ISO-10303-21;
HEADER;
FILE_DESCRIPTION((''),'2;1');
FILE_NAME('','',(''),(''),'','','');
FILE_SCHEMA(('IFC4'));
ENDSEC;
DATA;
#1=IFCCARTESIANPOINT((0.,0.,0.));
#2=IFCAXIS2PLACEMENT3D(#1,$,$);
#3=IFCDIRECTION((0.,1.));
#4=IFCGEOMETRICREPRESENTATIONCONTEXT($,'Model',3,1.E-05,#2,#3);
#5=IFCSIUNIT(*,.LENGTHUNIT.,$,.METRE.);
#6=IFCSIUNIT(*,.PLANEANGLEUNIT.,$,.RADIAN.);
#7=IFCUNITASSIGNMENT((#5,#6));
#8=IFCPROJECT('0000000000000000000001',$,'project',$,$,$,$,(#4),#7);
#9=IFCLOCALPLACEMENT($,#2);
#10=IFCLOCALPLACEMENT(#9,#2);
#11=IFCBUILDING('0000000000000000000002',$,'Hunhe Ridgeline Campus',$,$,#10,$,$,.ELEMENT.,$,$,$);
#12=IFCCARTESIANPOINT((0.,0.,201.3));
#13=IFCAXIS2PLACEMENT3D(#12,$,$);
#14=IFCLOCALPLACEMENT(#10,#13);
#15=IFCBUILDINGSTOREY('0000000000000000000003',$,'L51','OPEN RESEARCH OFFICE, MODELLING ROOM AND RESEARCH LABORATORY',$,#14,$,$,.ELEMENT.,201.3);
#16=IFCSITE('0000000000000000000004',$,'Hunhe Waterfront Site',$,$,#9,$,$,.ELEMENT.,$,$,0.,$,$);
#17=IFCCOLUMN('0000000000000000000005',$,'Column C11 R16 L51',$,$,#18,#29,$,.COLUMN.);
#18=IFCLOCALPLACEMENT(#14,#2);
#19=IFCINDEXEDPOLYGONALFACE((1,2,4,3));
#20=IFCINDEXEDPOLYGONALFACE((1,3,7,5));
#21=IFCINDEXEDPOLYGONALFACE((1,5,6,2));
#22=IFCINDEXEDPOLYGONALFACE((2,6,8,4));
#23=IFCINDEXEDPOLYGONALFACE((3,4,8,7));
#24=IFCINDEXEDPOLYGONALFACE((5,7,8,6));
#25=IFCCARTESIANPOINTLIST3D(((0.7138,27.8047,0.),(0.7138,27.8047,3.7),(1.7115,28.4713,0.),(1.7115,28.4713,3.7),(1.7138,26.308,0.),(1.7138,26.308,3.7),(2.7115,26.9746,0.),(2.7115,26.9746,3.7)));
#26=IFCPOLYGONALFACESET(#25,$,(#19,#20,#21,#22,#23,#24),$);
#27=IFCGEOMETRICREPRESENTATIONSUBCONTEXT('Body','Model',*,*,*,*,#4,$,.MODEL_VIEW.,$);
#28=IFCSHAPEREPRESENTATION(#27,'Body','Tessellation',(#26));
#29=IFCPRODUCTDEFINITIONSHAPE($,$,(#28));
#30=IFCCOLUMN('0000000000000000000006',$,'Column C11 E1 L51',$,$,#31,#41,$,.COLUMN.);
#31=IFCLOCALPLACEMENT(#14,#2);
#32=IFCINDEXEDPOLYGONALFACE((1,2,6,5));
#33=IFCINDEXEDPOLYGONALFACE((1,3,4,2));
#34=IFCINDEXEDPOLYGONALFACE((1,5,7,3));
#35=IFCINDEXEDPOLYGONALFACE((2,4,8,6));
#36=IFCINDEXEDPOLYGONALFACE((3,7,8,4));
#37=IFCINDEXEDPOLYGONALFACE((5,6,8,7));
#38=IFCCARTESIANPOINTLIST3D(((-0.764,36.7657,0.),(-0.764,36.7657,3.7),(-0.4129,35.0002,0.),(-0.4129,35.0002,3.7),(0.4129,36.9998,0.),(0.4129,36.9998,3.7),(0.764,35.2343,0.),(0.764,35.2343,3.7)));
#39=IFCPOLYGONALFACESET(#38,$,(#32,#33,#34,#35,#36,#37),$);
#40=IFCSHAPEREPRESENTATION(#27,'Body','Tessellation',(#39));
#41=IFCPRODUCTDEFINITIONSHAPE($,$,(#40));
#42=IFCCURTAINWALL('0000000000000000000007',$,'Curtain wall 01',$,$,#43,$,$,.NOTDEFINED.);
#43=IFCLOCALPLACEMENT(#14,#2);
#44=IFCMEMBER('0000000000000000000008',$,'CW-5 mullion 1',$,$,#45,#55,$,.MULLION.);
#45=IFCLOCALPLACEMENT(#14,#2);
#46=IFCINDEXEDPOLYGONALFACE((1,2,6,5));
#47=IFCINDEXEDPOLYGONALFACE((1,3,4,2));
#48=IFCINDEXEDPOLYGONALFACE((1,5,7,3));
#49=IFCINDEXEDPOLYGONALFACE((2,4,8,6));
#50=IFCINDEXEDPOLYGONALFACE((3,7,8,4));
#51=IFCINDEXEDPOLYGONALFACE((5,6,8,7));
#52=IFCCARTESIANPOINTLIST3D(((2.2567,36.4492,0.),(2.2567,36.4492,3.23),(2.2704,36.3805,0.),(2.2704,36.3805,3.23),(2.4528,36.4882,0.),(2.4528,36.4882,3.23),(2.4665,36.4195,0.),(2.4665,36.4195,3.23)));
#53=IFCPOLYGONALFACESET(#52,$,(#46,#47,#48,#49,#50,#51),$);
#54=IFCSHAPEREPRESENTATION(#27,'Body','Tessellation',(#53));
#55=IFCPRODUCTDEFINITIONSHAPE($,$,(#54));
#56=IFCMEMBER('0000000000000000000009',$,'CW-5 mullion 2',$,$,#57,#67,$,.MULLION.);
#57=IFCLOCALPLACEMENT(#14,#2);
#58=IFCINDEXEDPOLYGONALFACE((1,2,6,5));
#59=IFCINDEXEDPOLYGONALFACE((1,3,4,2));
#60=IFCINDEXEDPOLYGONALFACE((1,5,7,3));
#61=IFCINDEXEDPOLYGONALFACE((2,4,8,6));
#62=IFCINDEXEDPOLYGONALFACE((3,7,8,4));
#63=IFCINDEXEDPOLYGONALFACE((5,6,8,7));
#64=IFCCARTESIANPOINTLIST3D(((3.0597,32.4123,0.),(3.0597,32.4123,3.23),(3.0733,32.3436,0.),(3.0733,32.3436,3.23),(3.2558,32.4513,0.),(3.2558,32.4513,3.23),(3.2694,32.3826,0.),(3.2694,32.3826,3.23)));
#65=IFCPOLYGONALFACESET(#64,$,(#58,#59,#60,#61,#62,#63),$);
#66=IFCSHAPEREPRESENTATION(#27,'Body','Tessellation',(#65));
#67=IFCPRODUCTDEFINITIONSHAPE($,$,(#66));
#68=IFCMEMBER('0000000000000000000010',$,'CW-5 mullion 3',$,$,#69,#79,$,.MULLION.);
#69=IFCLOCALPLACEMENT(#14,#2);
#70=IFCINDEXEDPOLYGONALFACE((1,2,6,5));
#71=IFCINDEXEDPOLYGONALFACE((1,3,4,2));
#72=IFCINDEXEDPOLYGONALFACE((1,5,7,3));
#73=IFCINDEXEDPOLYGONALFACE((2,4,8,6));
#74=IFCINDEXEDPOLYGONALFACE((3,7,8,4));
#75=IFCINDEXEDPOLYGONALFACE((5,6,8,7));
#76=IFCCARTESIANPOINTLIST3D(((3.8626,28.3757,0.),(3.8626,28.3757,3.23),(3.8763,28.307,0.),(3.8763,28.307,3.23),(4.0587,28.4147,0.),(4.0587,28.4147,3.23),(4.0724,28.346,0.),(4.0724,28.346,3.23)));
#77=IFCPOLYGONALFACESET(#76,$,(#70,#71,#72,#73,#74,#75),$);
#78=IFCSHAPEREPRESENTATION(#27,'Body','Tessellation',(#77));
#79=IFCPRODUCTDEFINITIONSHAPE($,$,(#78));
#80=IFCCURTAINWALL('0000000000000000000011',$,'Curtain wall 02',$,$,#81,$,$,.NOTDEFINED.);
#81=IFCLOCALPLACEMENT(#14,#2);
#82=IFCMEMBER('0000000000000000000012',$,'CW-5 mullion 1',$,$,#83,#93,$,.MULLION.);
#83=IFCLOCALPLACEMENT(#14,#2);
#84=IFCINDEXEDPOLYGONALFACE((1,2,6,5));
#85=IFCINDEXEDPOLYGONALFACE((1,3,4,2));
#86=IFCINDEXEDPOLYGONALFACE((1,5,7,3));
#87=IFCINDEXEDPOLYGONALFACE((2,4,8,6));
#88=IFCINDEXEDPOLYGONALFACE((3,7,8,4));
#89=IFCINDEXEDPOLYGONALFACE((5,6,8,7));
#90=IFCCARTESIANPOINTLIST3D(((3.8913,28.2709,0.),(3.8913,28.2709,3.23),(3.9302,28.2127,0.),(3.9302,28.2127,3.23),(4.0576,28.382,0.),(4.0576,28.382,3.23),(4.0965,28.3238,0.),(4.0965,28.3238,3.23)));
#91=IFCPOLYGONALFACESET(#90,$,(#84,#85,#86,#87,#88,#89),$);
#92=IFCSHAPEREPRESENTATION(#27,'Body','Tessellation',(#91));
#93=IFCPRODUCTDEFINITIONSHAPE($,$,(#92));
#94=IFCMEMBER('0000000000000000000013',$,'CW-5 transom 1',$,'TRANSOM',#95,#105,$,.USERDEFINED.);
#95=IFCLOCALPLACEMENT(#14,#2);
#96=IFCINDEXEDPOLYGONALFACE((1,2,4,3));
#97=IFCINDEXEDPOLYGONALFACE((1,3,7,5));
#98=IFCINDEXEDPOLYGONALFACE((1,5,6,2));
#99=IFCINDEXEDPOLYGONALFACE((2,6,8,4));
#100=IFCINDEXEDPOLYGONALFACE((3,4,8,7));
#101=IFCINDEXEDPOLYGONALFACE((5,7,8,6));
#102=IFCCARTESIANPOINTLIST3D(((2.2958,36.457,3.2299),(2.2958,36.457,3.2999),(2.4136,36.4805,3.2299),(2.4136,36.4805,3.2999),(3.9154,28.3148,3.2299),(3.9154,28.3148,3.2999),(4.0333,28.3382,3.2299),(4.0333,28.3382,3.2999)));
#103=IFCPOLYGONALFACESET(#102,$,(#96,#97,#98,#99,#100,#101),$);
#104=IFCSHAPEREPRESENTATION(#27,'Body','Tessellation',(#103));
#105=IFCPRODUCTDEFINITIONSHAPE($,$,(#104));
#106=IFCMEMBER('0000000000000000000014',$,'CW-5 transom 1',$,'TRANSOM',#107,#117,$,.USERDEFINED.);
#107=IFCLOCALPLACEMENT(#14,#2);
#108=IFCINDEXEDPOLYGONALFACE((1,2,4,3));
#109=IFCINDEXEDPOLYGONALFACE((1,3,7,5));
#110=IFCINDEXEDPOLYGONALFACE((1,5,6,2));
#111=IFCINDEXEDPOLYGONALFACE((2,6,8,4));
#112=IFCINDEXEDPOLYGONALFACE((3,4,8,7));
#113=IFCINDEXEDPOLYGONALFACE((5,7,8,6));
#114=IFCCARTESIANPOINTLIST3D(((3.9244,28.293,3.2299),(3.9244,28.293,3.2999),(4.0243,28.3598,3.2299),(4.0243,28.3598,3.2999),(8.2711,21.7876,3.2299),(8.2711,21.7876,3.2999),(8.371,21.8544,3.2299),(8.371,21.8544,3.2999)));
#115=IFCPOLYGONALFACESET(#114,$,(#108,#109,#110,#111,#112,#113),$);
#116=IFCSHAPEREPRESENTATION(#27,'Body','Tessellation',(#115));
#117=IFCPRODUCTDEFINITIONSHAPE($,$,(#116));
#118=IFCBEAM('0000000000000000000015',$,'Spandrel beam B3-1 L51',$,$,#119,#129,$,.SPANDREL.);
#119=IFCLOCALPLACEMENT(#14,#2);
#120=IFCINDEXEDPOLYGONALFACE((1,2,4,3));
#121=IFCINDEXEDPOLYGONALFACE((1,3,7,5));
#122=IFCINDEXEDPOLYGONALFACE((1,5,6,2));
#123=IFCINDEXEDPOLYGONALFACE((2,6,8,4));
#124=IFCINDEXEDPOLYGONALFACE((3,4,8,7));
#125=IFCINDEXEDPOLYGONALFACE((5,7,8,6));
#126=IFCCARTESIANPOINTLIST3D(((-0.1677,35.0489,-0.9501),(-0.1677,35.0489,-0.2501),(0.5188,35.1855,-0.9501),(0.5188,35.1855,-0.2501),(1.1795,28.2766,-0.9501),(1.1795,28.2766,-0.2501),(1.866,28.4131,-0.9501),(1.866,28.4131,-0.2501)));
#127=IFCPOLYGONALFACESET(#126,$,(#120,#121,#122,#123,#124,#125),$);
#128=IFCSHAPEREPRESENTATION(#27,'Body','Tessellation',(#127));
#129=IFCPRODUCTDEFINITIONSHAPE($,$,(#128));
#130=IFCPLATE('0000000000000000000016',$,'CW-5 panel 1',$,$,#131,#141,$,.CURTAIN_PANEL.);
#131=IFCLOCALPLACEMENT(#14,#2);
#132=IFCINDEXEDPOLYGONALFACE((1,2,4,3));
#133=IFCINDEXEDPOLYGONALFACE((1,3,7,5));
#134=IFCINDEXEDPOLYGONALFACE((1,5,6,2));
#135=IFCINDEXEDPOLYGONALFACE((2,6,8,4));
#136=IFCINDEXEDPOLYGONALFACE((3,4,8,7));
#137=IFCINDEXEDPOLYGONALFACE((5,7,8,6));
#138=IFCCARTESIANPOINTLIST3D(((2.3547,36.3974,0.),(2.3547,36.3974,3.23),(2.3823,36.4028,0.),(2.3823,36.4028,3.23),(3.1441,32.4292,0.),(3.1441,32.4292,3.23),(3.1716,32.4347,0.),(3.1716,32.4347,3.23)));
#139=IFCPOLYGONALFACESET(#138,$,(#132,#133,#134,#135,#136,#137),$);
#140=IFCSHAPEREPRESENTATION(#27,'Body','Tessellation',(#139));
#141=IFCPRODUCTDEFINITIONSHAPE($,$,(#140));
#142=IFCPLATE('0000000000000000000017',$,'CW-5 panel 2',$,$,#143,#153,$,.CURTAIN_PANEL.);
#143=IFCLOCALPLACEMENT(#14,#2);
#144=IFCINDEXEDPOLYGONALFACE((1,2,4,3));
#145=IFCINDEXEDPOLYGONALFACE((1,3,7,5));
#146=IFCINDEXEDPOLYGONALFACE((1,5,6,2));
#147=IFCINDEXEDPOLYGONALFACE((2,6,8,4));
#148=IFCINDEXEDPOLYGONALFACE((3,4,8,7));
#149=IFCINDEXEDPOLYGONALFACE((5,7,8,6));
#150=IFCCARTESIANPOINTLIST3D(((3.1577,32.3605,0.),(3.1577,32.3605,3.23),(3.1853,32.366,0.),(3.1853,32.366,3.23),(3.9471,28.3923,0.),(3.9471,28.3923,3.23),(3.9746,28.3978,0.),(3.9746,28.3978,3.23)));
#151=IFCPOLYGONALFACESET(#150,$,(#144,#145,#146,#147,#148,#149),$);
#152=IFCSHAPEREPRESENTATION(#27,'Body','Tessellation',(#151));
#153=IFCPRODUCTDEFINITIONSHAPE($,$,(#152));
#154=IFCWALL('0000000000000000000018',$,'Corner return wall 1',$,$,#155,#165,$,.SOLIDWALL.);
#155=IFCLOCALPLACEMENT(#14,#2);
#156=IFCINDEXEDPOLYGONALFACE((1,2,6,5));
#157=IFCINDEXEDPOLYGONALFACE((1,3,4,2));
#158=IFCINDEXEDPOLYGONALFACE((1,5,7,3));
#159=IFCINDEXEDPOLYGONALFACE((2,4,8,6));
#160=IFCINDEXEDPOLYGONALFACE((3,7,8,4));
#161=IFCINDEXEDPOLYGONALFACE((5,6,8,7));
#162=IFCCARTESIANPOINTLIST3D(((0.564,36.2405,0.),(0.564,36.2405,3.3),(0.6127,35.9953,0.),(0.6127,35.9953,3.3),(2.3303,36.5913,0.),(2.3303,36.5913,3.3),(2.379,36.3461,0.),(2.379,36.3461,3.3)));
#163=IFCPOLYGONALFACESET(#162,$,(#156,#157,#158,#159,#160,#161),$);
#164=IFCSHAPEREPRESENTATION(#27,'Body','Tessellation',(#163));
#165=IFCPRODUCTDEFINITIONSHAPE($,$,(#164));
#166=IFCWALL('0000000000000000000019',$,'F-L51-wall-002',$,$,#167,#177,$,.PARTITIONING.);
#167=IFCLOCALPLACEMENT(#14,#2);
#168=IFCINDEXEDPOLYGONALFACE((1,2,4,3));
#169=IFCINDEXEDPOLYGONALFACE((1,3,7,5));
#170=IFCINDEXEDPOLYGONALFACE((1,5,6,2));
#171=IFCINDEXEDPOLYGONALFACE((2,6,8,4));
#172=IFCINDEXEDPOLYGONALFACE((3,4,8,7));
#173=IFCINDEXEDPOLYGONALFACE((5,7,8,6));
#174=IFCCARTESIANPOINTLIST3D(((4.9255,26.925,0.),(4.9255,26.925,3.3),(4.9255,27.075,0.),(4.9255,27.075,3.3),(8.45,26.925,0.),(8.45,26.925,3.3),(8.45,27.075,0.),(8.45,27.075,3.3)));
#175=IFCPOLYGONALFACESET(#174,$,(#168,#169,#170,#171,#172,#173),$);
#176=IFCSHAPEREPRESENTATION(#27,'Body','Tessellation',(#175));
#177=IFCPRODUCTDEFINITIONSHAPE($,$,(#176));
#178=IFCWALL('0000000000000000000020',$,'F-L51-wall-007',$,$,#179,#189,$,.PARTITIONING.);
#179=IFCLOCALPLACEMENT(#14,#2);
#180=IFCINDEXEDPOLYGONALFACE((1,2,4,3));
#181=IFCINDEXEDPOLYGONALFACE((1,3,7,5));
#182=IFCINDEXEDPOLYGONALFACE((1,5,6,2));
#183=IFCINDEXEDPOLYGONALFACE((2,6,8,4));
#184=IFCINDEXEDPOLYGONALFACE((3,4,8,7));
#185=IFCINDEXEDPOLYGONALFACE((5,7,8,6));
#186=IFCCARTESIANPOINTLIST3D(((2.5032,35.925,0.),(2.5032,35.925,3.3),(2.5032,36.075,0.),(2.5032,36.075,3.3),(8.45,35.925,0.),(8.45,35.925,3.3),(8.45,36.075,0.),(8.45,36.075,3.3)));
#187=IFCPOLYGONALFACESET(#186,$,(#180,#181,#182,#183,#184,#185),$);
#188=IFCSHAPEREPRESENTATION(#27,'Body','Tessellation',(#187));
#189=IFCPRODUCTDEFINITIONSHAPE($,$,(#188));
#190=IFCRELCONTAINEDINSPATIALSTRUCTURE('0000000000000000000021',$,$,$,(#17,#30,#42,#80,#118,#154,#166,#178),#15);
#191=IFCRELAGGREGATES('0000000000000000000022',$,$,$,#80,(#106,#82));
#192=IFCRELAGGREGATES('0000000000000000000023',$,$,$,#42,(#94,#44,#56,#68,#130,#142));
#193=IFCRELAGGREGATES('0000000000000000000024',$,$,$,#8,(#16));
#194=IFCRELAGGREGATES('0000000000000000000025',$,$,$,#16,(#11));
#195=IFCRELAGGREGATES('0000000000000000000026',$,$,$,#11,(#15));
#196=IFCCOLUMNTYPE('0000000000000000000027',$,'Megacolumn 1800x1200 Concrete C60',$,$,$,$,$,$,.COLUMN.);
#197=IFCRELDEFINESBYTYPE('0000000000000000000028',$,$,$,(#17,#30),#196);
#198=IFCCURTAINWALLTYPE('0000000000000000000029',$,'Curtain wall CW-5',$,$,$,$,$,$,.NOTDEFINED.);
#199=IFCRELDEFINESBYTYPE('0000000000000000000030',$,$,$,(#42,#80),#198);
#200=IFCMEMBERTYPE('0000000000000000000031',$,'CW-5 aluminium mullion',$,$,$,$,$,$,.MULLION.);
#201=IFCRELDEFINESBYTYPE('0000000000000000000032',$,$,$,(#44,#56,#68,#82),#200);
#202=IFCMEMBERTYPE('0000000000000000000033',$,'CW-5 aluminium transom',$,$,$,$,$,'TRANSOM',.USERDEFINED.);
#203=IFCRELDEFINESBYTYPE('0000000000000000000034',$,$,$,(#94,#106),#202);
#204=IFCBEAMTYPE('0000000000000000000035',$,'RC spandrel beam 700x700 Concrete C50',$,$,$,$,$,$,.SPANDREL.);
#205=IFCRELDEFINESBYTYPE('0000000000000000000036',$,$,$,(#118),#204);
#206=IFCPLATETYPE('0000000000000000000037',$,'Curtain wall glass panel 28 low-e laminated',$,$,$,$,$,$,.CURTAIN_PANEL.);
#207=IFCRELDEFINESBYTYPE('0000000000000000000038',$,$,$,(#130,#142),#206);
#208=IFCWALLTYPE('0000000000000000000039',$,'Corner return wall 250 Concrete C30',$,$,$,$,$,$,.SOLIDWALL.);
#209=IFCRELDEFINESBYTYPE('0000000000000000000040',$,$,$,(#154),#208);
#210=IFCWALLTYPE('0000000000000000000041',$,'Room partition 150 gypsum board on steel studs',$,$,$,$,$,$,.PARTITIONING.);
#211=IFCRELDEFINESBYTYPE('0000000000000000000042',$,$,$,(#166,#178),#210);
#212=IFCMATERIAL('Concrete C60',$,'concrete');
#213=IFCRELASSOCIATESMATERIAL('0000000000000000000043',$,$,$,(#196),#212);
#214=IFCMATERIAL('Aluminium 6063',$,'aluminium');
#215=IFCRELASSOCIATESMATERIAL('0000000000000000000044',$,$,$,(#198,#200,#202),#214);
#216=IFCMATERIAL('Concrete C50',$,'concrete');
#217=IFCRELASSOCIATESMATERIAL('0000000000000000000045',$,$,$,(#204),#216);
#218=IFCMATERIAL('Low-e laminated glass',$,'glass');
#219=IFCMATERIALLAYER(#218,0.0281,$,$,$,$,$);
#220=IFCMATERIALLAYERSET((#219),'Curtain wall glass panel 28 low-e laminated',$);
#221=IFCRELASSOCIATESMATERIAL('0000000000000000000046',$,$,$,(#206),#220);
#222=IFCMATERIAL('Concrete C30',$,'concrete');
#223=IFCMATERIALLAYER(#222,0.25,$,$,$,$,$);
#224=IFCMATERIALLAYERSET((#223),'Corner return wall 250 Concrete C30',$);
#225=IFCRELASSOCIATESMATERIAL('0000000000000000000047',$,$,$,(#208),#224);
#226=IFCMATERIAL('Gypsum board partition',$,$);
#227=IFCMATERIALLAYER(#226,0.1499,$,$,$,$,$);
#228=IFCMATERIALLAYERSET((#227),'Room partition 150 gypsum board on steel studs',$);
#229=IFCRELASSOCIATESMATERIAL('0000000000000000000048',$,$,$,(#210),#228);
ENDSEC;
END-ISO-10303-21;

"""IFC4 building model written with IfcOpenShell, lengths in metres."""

from ifc_helpers import new_model, si_unit, direction, frame, frame_2d, origin, origin_2d, place, context, subcontext, project, spatial, rectangle, extrude, material, layer, layer_set, material_profile, profile_set, type_object, element, aggregate, save


model = new_model("IFC4")

# Units and contexts
model_context = context("Model", 3, precision=1e-05, world=origin(), true_north=direction((0.0, 1.0)))
body_context = subcontext(model_context, "Body", "Model", "MODEL_VIEW")
ifc_project = project(units=[si_unit("LENGTHUNIT", "METRE"), si_unit("PLANEANGLEUNIT", "RADIAN")], contexts=[model_context])

# Site, building, storey
site_placement = place(None, origin())
site = spatial("IfcSite", under=ifc_project, at=site_placement, Name="Hunhe Waterfront Site", CompositionType="ELEMENT", RefElevation=0.0)
building_placement = place(site_placement, origin())
building = spatial("IfcBuilding", under=site, at=building_placement, Name="Hunhe Ridgeline Campus", CompositionType="ELEMENT")
storey_placement = place(building_placement, frame((0.0, 0.0, 201.3)))
storey = spatial("IfcBuildingStorey", under=building, at=storey_placement, Name="L51", Description="OPEN RESEARCH OFFICE, MODELLING ROOM AND RESEARCH LABORATORY", CompositionType="ELEMENT", Elevation=201.3)

# Columns
ifc_material_1 = material(Name="Concrete C60", Category="concrete")
ifc_material_profile_1 = material_profile(ifc_material_1, rectangle(XDim=1.8, YDim=1.2, at=origin_2d()))
ifc_profile_set_1 = profile_set([ifc_material_profile_1], Name="Concrete C60")
column_type = type_object("IfcColumnType", Name="Megacolumn 1800x1200 Concrete C60", PredefinedType="COLUMN", material=ifc_profile_set_1)
for number, where, z_axis, x_axis, name in (
    (1, (1.7126, 27.3896, 0.0), (0.0, 0.0, 1.0), (-0.55557, 0.83147, 0.0), "Column C11 R16 L51"),
    (2, (0.0, 36.0, 0.0), (0.0, 0.0, 1.0), (-0.19509, 0.980785, 0.0), "Column C11 E1 L51"),
):
    element("IfcColumn", number, at=place(storey_placement, frame(where, z_axis=z_axis, x_axis=x_axis)), inside=storey, type_object=column_type, Name=name, PredefinedType="COLUMN", context=body_context, shape_type="SweptSolid", body=[
        extrude(rectangle(XDim=1.8, YDim=1.2, at=origin_2d()), origin(), (0.0, 0.0, 1.0), 3.7),
    ])

# Curtain wall, members
ifc_material_2 = material(Name="Aluminium 6063", Category="aluminium")
curtain_wall_type = type_object("IfcCurtainWallType", Name="Curtain wall CW-5", PredefinedType="NOTDEFINED", material=ifc_material_2)
curtain_wall_1_placement = place(storey_placement, origin())
curtain_wall_1 = element("IfcCurtainWall", 3, at=curtain_wall_1_placement, inside=storey, type_object=curtain_wall_type, Name="Curtain wall 01", PredefinedType="NOTDEFINED")
ifc_material_profile_2 = material_profile(ifc_material_2, rectangle(XDim=0.2, YDim=0.0701, at=origin_2d()))
ifc_profile_set_2 = profile_set([ifc_material_profile_2], Name="Aluminium 6063")
member_type_1 = type_object("IfcMemberType", Name="CW-5 aluminium mullion", PredefinedType="MULLION", material=ifc_profile_set_2)
member_1_placement = place(storey_placement, frame((2.3616, 36.4343, 0.0), z_axis=(0.0, 0.0, 1.0), x_axis=(0.980784, 0.195095, 0.0)))
member_1 = element("IfcMember", 4, at=member_1_placement, type_object=member_type_1, Name="CW-5 mullion 1", PredefinedType="MULLION", context=body_context, shape_type="SweptSolid", body=[
    extrude(rectangle(XDim=0.2, YDim=0.0701, at=origin_2d()), origin(), (0.0, 0.0, 1.0), 3.23),
])
member_2_placement = place(storey_placement, frame((3.1646, 32.3975, 0.0), z_axis=(0.0, 0.0, 1.0), x_axis=(0.980784, 0.195095, 0.0)))
member_2 = element("IfcMember", 5, at=member_2_placement, type_object=member_type_1, Name="CW-5 mullion 2", PredefinedType="MULLION", context=body_context, shape_type="SweptSolid", body=[
    extrude(rectangle(XDim=0.2, YDim=0.0701, at=origin_2d()), origin(), (0.0, 0.0, 1.0), 3.23),
])
member_3_placement = place(storey_placement, frame((3.9675, 28.3608, 0.0), z_axis=(0.0, 0.0, 1.0), x_axis=(0.980784, 0.195095, 0.0)))
member_3 = element("IfcMember", 6, at=member_3_placement, type_object=member_type_1, Name="CW-5 mullion 3", PredefinedType="MULLION", context=body_context, shape_type="SweptSolid", body=[
    extrude(rectangle(XDim=0.2, YDim=0.0701, at=origin_2d()), origin(), (0.0, 0.0, 1.0), 3.23),
])

# Curtain wall, member
curtain_wall_2_placement = place(storey_placement, origin())
curtain_wall_2 = element("IfcCurtainWall", 7, at=curtain_wall_2_placement, inside=storey, type_object=curtain_wall_type, Name="Curtain wall 02", PredefinedType="NOTDEFINED")
member_4_placement = place(storey_placement, frame((3.9939, 28.2974, 0.0), z_axis=(0.0, 0.0, 1.0), x_axis=(0.83147, 0.55557, 0.0)))
member_4 = element("IfcMember", 8, at=member_4_placement, type_object=member_type_1, Name="CW-5 mullion 1", PredefinedType="MULLION", context=body_context, shape_type="SweptSolid", body=[
    extrude(rectangle(XDim=0.2, YDim=0.0701, at=origin_2d()), origin(), (0.0, 0.0, 1.0), 3.23),
])

# Members
ifc_material_profile_3 = material_profile(ifc_material_2, rectangle(XDim=0.1201, YDim=0.0701, at=origin_2d()))
ifc_profile_set_3 = profile_set([ifc_material_profile_3], Name="Aluminium 6063")
member_type_2 = type_object("IfcMemberType", Name="CW-5 aluminium transom", ElementType="TRANSOM", PredefinedType="USERDEFINED", material=ifc_profile_set_3)
member_5_placement = place(storey_placement, frame((2.3547, 36.4688, 3.2649), z_axis=(0.195092, -0.980785, 0.0), x_axis=(0.980785, 0.195092, 0.0)))
member_5 = element("IfcMember", 9, at=member_5_placement, type_object=member_type_2, Name="CW-5 transom 1", ObjectType="TRANSOM", PredefinedType="USERDEFINED", context=body_context, shape_type="SweptSolid", body=[
    extrude(rectangle(XDim=0.1201, YDim=0.0701, at=origin_2d()), origin(), (0.0, 0.0, 1.0), 8.3018),
])
member_6_placement = place(storey_placement, frame((3.9744, 28.3264, 3.2649), z_axis=(0.555564, -0.831474, 0.0), x_axis=(0.831474, 0.555564, 0.0)))
member_6 = element("IfcMember", 10, at=member_6_placement, type_object=member_type_2, Name="CW-5 transom 1", ObjectType="TRANSOM", PredefinedType="USERDEFINED", context=body_context, shape_type="SweptSolid", body=[
    extrude(rectangle(XDim=0.1201, YDim=0.0701, at=origin_2d()), origin(), (0.0, 0.0, 1.0), 7.824),
])
aggregate(curtain_wall_2, [member_6, member_4])

# Beam
ifc_material_3 = material(Name="Concrete C50", Category="concrete")
ifc_material_profile_4 = material_profile(ifc_material_3, rectangle(XDim=0.7, YDim=0.7, at=origin_2d()))
ifc_profile_set_4 = profile_set([ifc_material_profile_4], Name="Concrete C50")
beam_type = type_object("IfcBeamType", Name="RC spandrel beam 700x700 Concrete C50", PredefinedType="SPANDREL", material=ifc_profile_set_4)
beam_placement = place(storey_placement, frame((0.1755, 35.1172, -0.6001), z_axis=(0.195103, -0.980783, 0.0), x_axis=(0.980783, 0.195103, 0.0)))
element("IfcBeam", 11, at=beam_placement, inside=storey, type_object=beam_type, Name="Spandrel beam B3-1 L51", PredefinedType="SPANDREL", context=body_context, shape_type="SweptSolid", body=[
    extrude(rectangle(XDim=0.7, YDim=0.7, at=origin_2d()), origin(), (0.0, 0.0, 1.0), 6.905),
])

# Plates
ifc_material_4 = material(Name="Low-e laminated glass", Category="glass")
ifc_layer_1 = layer(ifc_material_4, 0.0281)
ifc_layer_set_1 = layer_set([ifc_layer_1], Name="Curtain wall glass panel 28 low-e laminated")
plate_type = type_object("IfcPlateType", Name="Curtain wall glass panel 28 low-e laminated", PredefinedType="CURTAIN_PANEL", material=ifc_layer_set_1)
plate_1_placement = place(storey_placement, frame((2.7632, 34.416, 0.0), z_axis=(0.0, 0.0, 1.0), x_axis=(0.195095, -0.980784, 0.0)))
plate_1 = element("IfcPlate", 12, at=plate_1_placement, type_object=plate_type, Name="CW-5 panel 1", PredefinedType="CURTAIN_PANEL", context=body_context, shape_type="SweptSolid", body=[
    extrude(rectangle(XDim=4.0459, YDim=0.0281, at=origin_2d()), origin(), (0.0, 0.0, 1.0), 3.23),
])
plate_2_placement = place(storey_placement, frame((3.5662, 30.3792, 0.0), z_axis=(0.0, 0.0, 1.0), x_axis=(0.195095, -0.980784, 0.0)))
plate_2 = element("IfcPlate", 13, at=plate_2_placement, type_object=plate_type, Name="CW-5 panel 2", PredefinedType="CURTAIN_PANEL", context=body_context, shape_type="SweptSolid", body=[
    extrude(rectangle(XDim=4.0459, YDim=0.0281, at=origin_2d()), origin(), (0.0, 0.0, 1.0), 3.23),
])
aggregate(curtain_wall_1, [member_5, member_1, member_2, member_3, plate_1, plate_2])

# Walls
ifc_material_5 = material(Name="Concrete C30", Category="concrete")
ifc_layer_2 = layer(ifc_material_5, 0.25)
ifc_layer_set_2 = layer_set([ifc_layer_2], Name="Corner return wall 250 Concrete C30")
wall_type_1 = type_object("IfcWallType", Name="Corner return wall 250 Concrete C30", PredefinedType="SOLIDWALL", material=ifc_layer_set_2)
wall_1_placement = place(storey_placement, frame((0.5884, 36.1179, 0.0), z_axis=(0.0, 0.0, 1.0), x_axis=(0.980841, 0.194812, 0.0)))
element("IfcWall", 14, at=wall_1_placement, inside=storey, type_object=wall_type_1, Name="Corner return wall 1", PredefinedType="SOLIDWALL", context=body_context, shape_type="SweptSolid", body=[
    extrude(rectangle(XDim=1.8008, YDim=0.25, at=frame_2d((0.9004, 0.0))), origin(), (0.0, 0.0, 1.0), 3.3),
])
ifc_material_6 = material(Name="Gypsum board partition")
ifc_layer_3 = layer(ifc_material_6, 0.1499)
ifc_layer_set_3 = layer_set([ifc_layer_3], Name="Room partition 150 gypsum board on steel studs")
wall_type_2 = type_object("IfcWallType", Name="Room partition 150 gypsum board on steel studs", PredefinedType="PARTITIONING", material=ifc_layer_set_3)
wall_2_placement = place(storey_placement, frame((4.9255, 27.0, 0.0), z_axis=(0.0, 0.0, 1.0), x_axis=(1.0, 0.0, 0.0)))
element("IfcWall", 15, at=wall_2_placement, inside=storey, type_object=wall_type_2, Name="F-L51-wall-002", PredefinedType="PARTITIONING", context=body_context, shape_type="SweptSolid", body=[
    extrude(rectangle(XDim=3.5244, YDim=0.1499, at=frame_2d((1.7622, 0.0))), origin(), (0.0, 0.0, 1.0), 3.3),
])
wall_3_placement = place(storey_placement, frame((2.5032, 36.0, 0.0), z_axis=(0.0, 0.0, 1.0), x_axis=(1.0, 0.0, 0.0)))
element("IfcWall", 16, at=wall_3_placement, inside=storey, type_object=wall_type_2, Name="F-L51-wall-007", PredefinedType="PARTITIONING", context=body_context, shape_type="SweptSolid", body=[
    extrude(rectangle(XDim=5.9468, YDim=0.1499, at=frame_2d((2.9734, 0.0))), origin(), (0.0, 0.0, 1.0), 3.3),
])

save(model, "model.ifc")
